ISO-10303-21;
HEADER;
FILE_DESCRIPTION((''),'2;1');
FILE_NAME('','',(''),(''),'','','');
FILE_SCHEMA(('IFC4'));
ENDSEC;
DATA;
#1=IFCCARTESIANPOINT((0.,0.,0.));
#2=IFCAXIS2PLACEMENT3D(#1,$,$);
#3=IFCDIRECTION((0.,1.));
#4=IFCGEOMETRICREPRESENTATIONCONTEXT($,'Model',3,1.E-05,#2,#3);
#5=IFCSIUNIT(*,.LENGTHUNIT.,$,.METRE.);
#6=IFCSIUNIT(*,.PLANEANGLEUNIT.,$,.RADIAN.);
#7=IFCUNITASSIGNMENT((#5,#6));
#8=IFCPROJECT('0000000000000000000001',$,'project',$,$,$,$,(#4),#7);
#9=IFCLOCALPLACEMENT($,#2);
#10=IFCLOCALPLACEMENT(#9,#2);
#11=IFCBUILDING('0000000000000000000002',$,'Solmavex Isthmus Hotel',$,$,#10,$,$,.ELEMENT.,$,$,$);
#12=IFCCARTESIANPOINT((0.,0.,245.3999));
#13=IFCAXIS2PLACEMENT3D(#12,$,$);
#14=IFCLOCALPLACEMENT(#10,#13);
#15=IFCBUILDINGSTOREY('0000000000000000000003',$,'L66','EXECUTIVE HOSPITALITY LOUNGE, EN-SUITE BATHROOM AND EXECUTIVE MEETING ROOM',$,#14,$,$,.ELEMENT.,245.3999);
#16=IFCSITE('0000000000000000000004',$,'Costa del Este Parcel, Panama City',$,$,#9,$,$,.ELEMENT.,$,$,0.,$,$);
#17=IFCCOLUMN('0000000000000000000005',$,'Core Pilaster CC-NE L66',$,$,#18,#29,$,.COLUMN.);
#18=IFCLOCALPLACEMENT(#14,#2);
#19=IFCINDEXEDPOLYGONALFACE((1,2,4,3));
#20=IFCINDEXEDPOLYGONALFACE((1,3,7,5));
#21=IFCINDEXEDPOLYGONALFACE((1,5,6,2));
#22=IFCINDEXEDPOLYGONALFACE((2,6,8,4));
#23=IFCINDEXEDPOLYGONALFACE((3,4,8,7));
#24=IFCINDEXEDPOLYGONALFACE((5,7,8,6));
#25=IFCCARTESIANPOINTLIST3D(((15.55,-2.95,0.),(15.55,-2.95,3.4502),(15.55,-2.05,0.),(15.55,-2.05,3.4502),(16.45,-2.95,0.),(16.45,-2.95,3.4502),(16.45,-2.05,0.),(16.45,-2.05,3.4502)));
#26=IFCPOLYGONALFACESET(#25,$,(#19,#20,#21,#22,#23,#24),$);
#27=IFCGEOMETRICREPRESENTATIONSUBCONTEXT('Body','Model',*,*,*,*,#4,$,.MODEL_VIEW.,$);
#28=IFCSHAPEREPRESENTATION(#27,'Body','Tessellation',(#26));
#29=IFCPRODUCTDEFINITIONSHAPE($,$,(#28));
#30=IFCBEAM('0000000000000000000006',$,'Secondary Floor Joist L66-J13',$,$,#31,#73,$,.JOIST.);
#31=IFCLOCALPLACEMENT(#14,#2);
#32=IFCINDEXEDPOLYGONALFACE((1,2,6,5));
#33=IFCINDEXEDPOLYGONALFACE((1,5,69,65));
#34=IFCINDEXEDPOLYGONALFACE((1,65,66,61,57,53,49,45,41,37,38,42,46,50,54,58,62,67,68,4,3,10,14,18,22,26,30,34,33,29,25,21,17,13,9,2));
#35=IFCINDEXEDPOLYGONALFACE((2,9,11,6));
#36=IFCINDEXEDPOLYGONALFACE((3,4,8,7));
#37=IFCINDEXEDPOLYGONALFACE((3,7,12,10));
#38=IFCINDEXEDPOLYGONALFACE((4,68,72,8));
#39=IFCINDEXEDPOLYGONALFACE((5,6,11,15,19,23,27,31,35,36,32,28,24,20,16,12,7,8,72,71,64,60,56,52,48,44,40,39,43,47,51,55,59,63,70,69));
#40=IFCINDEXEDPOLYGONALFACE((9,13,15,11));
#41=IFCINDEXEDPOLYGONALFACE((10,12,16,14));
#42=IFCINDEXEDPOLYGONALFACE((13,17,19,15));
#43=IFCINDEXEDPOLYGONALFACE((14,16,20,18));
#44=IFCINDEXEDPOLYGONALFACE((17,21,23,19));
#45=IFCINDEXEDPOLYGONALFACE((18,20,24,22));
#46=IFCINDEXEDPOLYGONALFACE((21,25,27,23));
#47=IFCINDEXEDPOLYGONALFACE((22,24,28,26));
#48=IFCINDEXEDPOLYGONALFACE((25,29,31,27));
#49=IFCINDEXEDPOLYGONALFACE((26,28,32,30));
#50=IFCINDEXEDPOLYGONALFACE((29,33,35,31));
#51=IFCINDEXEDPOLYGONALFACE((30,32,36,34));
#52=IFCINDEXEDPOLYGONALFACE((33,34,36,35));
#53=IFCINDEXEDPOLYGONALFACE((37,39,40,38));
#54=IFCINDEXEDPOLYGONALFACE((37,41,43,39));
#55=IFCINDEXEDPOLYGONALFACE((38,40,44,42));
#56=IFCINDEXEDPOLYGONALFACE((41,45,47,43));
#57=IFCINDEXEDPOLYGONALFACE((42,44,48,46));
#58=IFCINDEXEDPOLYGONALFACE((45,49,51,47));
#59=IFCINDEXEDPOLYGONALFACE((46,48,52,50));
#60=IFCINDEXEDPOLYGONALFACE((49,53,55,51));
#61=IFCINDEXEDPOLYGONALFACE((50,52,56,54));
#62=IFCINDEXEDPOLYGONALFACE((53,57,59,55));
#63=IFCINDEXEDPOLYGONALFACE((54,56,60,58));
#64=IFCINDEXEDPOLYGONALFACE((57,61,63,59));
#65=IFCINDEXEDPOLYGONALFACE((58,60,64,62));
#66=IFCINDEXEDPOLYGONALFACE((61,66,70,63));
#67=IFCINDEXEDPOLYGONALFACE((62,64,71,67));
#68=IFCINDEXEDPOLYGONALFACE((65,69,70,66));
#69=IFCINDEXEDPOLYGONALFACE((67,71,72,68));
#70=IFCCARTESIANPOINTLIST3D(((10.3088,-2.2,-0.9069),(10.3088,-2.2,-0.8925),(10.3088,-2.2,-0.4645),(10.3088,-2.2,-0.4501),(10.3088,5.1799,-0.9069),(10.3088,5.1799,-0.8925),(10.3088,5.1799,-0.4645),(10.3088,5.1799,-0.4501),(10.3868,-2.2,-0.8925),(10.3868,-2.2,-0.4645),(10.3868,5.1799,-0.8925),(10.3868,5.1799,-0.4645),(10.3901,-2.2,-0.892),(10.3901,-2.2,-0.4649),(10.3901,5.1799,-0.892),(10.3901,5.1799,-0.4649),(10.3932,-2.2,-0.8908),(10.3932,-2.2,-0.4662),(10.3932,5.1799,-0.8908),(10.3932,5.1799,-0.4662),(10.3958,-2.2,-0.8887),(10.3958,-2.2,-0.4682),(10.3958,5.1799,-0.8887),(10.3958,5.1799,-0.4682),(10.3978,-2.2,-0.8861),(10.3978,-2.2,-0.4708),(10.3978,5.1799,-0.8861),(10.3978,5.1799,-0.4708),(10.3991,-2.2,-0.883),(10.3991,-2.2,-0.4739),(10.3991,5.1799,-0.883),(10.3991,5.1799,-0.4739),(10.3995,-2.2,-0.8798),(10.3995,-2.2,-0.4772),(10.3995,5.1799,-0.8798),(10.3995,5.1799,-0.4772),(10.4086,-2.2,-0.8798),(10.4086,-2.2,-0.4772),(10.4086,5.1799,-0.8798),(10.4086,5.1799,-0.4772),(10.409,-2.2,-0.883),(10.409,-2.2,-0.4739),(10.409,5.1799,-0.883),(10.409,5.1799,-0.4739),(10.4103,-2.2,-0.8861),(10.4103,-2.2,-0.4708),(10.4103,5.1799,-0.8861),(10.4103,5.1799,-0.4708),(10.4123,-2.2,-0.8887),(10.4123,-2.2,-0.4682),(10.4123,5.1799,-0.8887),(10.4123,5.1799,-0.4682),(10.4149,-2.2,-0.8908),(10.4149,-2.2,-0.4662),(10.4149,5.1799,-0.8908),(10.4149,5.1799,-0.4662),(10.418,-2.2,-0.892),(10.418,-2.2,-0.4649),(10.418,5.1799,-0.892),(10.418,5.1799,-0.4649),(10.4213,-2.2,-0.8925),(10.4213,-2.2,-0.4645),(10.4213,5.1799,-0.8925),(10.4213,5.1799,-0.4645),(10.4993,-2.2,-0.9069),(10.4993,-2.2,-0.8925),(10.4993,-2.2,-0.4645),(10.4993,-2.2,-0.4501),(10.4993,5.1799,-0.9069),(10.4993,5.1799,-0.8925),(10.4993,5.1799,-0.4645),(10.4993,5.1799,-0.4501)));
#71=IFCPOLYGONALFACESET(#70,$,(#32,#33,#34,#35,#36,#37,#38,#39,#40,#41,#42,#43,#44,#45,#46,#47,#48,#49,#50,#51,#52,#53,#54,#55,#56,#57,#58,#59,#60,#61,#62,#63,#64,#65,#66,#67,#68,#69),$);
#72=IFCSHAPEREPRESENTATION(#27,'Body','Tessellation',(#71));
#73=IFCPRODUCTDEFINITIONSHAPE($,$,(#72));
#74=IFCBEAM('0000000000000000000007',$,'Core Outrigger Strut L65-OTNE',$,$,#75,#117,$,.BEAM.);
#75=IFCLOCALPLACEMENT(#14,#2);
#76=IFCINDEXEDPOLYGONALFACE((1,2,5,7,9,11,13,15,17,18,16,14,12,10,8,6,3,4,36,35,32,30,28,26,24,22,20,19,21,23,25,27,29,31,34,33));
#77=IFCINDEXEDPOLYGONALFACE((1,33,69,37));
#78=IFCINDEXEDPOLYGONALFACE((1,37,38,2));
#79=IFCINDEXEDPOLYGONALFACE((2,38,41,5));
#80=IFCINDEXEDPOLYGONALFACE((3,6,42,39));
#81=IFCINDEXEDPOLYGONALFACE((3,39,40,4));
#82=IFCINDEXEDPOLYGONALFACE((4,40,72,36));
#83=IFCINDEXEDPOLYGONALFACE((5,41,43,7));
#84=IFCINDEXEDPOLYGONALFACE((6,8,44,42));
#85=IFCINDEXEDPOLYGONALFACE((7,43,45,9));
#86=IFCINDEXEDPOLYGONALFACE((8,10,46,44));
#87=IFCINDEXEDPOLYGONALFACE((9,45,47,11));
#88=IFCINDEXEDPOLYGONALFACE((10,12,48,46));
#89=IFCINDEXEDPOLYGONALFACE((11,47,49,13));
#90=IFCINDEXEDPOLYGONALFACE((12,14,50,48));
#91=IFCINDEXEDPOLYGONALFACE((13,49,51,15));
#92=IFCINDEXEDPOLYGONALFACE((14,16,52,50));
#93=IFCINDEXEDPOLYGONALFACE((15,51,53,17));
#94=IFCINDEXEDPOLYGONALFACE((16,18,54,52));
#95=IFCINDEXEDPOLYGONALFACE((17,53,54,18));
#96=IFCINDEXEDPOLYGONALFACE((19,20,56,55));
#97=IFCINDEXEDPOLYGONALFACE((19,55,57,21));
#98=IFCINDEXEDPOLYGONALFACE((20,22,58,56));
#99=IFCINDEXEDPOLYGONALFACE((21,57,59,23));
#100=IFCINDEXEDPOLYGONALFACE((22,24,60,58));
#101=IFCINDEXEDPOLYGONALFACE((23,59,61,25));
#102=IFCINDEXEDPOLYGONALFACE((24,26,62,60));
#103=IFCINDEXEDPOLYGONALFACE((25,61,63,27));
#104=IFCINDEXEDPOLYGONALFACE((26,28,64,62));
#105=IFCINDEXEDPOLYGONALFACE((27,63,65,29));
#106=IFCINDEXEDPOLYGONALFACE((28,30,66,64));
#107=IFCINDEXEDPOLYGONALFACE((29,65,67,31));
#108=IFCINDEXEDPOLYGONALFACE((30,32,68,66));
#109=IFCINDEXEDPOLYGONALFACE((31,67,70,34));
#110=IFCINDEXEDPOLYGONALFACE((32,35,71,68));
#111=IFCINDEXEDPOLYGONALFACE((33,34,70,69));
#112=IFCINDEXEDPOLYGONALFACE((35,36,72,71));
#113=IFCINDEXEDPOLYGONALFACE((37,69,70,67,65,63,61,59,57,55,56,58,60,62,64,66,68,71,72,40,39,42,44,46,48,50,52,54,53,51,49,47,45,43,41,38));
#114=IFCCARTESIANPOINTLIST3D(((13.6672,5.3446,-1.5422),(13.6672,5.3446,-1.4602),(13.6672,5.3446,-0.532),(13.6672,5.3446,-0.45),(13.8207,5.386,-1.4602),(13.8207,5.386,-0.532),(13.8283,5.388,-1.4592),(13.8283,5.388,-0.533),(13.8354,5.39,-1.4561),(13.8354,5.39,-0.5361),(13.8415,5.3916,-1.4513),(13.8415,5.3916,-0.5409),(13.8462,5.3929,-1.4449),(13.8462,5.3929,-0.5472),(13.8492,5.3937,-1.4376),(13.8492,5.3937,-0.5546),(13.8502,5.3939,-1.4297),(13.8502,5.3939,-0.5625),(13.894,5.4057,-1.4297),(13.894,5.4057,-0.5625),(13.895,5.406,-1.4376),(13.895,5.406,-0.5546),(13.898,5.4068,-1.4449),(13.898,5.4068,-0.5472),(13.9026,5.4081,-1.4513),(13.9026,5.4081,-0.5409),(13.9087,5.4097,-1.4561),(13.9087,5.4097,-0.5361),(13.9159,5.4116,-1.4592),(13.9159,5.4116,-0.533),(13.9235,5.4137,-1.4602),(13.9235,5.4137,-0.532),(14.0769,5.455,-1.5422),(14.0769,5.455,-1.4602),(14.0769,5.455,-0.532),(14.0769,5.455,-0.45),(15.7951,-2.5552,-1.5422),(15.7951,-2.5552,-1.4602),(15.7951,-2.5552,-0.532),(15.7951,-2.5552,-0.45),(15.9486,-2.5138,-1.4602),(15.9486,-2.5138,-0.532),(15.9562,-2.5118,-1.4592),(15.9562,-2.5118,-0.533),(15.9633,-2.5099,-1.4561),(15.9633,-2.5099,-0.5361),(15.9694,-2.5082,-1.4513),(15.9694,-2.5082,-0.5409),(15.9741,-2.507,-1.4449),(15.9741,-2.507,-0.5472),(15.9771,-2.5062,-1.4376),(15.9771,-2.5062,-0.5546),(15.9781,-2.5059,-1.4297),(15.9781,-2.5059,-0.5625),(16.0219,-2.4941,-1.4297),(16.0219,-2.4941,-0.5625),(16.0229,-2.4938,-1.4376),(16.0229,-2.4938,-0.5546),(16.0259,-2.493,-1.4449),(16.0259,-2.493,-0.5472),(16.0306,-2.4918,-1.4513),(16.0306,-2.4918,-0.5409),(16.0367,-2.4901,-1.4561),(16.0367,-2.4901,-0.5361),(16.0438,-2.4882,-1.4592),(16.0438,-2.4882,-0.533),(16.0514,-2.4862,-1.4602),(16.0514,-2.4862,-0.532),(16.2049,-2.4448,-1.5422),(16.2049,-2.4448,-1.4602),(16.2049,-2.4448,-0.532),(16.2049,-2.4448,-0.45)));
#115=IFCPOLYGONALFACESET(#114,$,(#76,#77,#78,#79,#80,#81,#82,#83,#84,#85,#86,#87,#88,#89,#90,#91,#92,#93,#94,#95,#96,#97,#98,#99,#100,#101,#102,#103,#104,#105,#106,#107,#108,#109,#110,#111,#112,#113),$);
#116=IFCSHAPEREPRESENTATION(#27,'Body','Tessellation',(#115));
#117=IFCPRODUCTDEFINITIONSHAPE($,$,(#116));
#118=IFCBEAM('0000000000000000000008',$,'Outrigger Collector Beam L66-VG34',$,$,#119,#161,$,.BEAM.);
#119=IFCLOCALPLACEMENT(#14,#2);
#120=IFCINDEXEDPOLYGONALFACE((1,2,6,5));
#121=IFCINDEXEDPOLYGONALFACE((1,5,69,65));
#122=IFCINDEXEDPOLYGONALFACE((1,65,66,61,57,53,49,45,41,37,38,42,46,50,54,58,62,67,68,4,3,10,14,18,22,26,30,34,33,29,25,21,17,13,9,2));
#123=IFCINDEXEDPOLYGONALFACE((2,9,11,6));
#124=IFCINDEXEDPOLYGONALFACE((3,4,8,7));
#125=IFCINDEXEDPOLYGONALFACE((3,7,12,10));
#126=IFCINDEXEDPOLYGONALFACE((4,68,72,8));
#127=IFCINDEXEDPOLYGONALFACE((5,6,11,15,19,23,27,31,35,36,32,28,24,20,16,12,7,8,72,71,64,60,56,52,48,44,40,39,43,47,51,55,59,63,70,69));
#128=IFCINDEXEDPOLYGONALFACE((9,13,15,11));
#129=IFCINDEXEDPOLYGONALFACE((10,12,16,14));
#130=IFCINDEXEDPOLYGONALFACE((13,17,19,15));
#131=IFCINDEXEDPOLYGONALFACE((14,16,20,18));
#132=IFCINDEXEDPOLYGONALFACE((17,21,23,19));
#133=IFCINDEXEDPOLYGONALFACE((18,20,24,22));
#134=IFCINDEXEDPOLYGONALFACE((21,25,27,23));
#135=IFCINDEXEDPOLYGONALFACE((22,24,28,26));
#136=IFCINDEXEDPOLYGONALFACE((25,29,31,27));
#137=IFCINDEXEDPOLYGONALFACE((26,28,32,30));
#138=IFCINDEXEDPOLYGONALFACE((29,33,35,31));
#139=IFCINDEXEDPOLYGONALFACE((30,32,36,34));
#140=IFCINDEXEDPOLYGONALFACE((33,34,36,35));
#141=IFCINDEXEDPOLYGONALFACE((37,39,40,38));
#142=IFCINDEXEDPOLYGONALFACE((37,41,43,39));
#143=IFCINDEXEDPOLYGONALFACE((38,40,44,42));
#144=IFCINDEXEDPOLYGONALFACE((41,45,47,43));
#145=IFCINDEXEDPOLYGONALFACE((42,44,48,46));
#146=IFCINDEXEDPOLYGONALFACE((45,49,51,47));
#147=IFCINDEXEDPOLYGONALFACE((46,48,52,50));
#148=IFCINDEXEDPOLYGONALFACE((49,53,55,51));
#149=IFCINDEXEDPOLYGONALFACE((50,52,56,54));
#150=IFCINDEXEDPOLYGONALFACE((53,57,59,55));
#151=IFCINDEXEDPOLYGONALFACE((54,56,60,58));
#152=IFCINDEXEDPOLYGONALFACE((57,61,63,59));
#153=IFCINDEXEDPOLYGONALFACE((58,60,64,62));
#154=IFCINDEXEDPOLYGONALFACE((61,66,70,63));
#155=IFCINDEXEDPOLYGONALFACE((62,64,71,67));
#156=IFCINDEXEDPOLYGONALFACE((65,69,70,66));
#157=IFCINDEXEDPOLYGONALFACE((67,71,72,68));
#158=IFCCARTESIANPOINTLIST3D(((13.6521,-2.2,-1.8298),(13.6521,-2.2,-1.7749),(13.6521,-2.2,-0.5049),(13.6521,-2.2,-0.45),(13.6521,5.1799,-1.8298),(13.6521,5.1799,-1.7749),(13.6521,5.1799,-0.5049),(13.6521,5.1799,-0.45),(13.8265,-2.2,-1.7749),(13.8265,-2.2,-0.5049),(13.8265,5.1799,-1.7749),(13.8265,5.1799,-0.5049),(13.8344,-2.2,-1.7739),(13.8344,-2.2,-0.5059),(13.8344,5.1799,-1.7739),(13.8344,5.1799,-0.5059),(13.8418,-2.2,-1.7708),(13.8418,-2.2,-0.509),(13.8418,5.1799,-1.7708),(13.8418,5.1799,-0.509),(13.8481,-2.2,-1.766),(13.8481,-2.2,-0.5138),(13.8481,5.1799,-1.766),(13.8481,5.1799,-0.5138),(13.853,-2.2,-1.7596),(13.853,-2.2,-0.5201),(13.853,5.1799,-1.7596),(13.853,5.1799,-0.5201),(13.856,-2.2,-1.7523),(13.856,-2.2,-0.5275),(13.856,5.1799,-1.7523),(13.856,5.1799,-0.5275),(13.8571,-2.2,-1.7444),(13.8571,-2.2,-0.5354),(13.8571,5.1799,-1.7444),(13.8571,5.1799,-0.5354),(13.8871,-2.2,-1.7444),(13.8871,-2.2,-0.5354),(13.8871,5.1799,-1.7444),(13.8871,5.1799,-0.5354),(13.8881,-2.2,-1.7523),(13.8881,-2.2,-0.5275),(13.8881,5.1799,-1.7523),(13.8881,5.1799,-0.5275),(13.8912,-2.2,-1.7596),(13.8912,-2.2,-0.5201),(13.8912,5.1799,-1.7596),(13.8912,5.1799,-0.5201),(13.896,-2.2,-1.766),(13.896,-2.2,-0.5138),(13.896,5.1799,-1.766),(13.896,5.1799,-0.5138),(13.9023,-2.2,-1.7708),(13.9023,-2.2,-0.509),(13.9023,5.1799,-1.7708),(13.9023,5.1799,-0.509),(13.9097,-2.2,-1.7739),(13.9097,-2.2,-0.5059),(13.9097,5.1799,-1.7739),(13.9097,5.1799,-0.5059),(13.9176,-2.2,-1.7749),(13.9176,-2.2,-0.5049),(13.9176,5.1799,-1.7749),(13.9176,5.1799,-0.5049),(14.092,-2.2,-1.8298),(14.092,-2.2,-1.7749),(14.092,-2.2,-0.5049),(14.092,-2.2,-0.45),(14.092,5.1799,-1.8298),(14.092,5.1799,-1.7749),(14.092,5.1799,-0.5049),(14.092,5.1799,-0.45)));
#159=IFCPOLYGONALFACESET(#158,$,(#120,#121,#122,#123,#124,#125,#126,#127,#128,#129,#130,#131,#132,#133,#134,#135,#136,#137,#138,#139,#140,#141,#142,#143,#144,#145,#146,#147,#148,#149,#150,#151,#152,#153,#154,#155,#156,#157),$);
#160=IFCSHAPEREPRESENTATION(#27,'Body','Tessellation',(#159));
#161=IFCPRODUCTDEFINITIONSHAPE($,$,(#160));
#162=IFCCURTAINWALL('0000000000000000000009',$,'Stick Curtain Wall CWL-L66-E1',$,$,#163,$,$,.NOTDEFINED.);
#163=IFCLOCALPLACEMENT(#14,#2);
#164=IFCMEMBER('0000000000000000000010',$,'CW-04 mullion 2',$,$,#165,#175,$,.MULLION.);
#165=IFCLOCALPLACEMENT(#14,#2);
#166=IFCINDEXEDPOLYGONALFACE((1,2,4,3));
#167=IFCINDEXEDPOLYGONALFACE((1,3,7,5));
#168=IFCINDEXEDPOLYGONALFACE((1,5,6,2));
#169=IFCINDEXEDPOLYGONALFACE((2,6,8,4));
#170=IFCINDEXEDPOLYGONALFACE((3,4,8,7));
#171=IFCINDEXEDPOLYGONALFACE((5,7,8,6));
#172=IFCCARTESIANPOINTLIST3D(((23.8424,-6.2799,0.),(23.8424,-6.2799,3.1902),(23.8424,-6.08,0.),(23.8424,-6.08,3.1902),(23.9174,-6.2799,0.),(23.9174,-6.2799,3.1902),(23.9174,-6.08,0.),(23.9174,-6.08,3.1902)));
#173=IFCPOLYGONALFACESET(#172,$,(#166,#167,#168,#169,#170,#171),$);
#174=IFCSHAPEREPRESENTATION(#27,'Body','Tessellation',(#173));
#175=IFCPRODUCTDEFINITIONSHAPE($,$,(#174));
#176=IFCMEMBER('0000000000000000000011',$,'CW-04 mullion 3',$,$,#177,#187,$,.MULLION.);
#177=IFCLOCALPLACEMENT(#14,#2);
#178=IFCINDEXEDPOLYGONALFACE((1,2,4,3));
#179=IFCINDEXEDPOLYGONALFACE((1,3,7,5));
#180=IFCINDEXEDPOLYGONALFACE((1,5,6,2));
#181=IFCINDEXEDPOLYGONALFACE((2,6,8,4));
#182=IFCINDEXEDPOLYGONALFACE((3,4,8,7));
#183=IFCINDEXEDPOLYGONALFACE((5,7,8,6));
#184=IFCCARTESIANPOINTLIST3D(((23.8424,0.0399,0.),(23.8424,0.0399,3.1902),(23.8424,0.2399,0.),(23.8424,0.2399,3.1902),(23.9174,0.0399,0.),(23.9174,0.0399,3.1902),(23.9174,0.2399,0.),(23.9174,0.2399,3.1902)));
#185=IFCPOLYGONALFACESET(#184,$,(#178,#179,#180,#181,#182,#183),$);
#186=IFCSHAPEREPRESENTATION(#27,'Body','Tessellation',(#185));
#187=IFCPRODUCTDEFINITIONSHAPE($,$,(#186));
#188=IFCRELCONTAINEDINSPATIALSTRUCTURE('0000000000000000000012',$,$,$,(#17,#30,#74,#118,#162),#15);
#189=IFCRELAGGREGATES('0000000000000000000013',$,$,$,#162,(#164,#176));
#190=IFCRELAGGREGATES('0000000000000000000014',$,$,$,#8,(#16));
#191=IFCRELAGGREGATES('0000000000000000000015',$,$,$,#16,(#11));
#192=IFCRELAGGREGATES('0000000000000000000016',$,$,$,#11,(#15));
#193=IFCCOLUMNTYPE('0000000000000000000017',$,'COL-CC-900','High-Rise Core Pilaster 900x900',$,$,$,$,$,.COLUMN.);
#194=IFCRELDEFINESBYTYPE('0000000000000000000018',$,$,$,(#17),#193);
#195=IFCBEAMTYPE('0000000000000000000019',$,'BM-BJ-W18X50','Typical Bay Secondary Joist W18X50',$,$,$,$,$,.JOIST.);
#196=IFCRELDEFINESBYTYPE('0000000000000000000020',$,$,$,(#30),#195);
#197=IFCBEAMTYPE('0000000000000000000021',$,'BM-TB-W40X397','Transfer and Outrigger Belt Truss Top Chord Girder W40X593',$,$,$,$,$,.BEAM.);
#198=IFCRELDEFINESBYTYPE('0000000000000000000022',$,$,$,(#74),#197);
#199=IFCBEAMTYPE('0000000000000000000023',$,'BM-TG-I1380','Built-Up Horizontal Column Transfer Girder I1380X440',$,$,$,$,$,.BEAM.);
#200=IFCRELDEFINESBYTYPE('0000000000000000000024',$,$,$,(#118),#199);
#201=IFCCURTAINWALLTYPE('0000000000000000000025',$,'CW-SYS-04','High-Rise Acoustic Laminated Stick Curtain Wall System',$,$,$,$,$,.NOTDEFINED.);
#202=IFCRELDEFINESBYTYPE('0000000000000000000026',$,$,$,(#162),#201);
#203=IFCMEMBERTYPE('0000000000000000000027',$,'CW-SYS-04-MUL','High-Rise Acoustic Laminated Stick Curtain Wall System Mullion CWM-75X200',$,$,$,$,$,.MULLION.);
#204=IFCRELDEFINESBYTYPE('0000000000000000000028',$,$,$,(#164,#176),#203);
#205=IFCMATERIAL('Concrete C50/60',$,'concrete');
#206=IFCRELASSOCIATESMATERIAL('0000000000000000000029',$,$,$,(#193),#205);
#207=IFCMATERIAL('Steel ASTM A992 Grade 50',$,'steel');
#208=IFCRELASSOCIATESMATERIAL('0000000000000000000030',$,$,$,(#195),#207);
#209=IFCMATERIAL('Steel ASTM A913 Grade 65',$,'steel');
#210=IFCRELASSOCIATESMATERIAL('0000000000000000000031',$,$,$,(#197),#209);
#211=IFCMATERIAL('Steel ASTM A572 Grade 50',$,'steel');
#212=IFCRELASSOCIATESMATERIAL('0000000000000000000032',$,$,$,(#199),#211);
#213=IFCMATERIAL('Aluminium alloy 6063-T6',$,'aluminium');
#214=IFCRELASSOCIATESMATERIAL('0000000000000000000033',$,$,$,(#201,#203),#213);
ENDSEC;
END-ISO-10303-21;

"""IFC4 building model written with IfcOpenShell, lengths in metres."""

from ifc_helpers import new_model, si_unit, direction, frame, origin, origin_2d, place, context, subcontext, project, spatial, rectangle, i_section, extrude, material, material_profile, profile_set, type_object, element, aggregate, save


model = new_model("IFC4")

# Units and contexts
model_context = context("Model", 3, precision=1e-05, world=origin(), true_north=direction((0.0, 1.0)))
body_context = subcontext(model_context, "Body", "Model", "MODEL_VIEW")
ifc_project = project(units=[si_unit("LENGTHUNIT", "METRE"), si_unit("PLANEANGLEUNIT", "RADIAN")], contexts=[model_context])

# Site, building, storey
site_placement = place(None, origin())
site = spatial("IfcSite", under=ifc_project, at=site_placement, Name="Costa del Este Parcel, Panama City", CompositionType="ELEMENT", RefElevation=0.0)
building_placement = place(site_placement, origin())
building = spatial("IfcBuilding", under=site, at=building_placement, Name="Solmavex Isthmus Hotel", CompositionType="ELEMENT")
storey_placement = place(building_placement, frame((0.0, 0.0, 245.3999)))
storey = spatial("IfcBuildingStorey", under=building, at=storey_placement, Name="L66", Description="EXECUTIVE HOSPITALITY LOUNGE, EN-SUITE BATHROOM AND EXECUTIVE MEETING ROOM", CompositionType="ELEMENT", Elevation=245.3999)

# Column
ifc_material_1 = material(Name="Concrete C50/60", Category="concrete")
ifc_material_profile_1 = material_profile(ifc_material_1, rectangle(XDim=0.8999, YDim=0.8999, at=origin_2d()), Name="RC900X900")
ifc_profile_set_1 = profile_set([ifc_material_profile_1], Name="Concrete C50/60")
column_type = type_object("IfcColumnType", Name="COL-CC-900", Description="High-Rise Core Pilaster 900x900", PredefinedType="COLUMN", material=ifc_profile_set_1)
column_placement = place(storey_placement, frame((16.0, -2.5, 0.0), z_axis=(0.0, 0.0, 1.0), x_axis=(1.0, 0.0, 0.0)))
element("IfcColumn", 1, at=column_placement, inside=storey, type_object=column_type, Name="Core Pilaster CC-NE L66", PredefinedType="COLUMN", context=body_context, shape_type="SweptSolid", body=[
    extrude(rectangle(XDim=0.8999, YDim=0.8999, at=origin_2d()), origin(), (0.0, 0.0, 1.0), 3.4502),
])

# Beams
ifc_material_2 = material(Name="Steel ASTM A992 Grade 50", Category="steel")
ifc_material_profile_2 = material_profile(ifc_material_2, i_section(OverallWidth=0.1904, OverallDepth=0.4568, WebThickness=0.009, FlangeThickness=0.0144, FilletRadius=0.0127, at=origin_2d()), Name="W18X50")
ifc_profile_set_2 = profile_set([ifc_material_profile_2], Name="Steel ASTM A992 Grade 50")
beam_type_1 = type_object("IfcBeamType", Name="BM-BJ-W18X50", Description="Typical Bay Secondary Joist W18X50", PredefinedType="JOIST", material=ifc_profile_set_2)
beam_1_placement = place(storey_placement, frame((10.4041, -2.2, -0.6785), z_axis=(0.0, 1.0, 0.0), x_axis=(-1.0, 0.0, 0.0)))
element("IfcBeam", 2, at=beam_1_placement, inside=storey, type_object=beam_type_1, Name="Secondary Floor Joist L66-J13", PredefinedType="JOIST", context=body_context, shape_type="SweptSolid", body=[
    extrude(i_section(OverallWidth=0.1904, OverallDepth=0.4568, WebThickness=0.009, FlangeThickness=0.0144, FilletRadius=0.0127, at=origin_2d()), origin(), (0.0, 0.0, 1.0), 7.3799),
])
ifc_material_3 = material(Name="Steel ASTM A913 Grade 65", Category="steel")
ifc_material_profile_3 = material_profile(ifc_material_3, i_section(OverallWidth=0.4243, OverallDepth=1.0923, WebThickness=0.0454, FlangeThickness=0.082, FilletRadius=0.0305, at=origin_2d()), Name="W40X593")
ifc_profile_set_3 = profile_set([ifc_material_profile_3], Name="Steel ASTM A913 Grade 65")
beam_type_2 = type_object("IfcBeamType", Name="BM-TB-W40X397", Description="Transfer and Outrigger Belt Truss Top Chord Girder W40X593", PredefinedType="BEAM", material=ifc_profile_set_3)
beam_2_placement = place(storey_placement, frame((16.0, -2.5, -0.9961), z_axis=(-0.260091, 0.965584, 0.0), x_axis=(-0.965584, -0.260091, 0.0)))
element("IfcBeam", 3, at=beam_2_placement, inside=storey, type_object=beam_type_2, Name="Core Outrigger Strut L65-OTNE", PredefinedType="BEAM", context=body_context, shape_type="SweptSolid", body=[
    extrude(i_section(OverallWidth=0.4243, OverallDepth=1.0923, WebThickness=0.0454, FlangeThickness=0.082, FilletRadius=0.0305, at=origin_2d()), origin(), (0.0, 0.0, 1.0), 8.1814),
])
ifc_material_4 = material(Name="Steel ASTM A572 Grade 50", Category="steel")
ifc_material_profile_4 = material_profile(ifc_material_4, i_section(OverallWidth=0.4399, OverallDepth=1.3799, WebThickness=0.03, FlangeThickness=0.0549, FilletRadius=0.0305, at=origin_2d()), Name="I1380X440")
ifc_profile_set_4 = profile_set([ifc_material_profile_4], Name="Steel ASTM A572 Grade 50")
beam_type_3 = type_object("IfcBeamType", Name="BM-TG-I1380", Description="Built-Up Horizontal Column Transfer Girder I1380X440", PredefinedType="BEAM", material=ifc_profile_set_4)
beam_3_placement = place(storey_placement, frame((13.8721, -2.2, -1.1399), z_axis=(0.0, 1.0, 0.0), x_axis=(-1.0, 0.0, 0.0)))
element("IfcBeam", 4, at=beam_3_placement, inside=storey, type_object=beam_type_3, Name="Outrigger Collector Beam L66-VG34", PredefinedType="BEAM", context=body_context, shape_type="SweptSolid", body=[
    extrude(i_section(OverallWidth=0.4399, OverallDepth=1.3799, WebThickness=0.03, FlangeThickness=0.0549, FilletRadius=0.0305, at=origin_2d()), origin(), (0.0, 0.0, 1.0), 7.3799),
])

# Curtain wall, members
ifc_material_5 = material(Name="Aluminium alloy 6063-T6", Category="aluminium")
curtain_wall_type = type_object("IfcCurtainWallType", Name="CW-SYS-04", Description="High-Rise Acoustic Laminated Stick Curtain Wall System", PredefinedType="NOTDEFINED", material=ifc_material_5)
curtain_wall_placement = place(storey_placement, origin())
curtain_wall = element("IfcCurtainWall", 5, at=curtain_wall_placement, inside=storey, type_object=curtain_wall_type, Name="Stick Curtain Wall CWL-L66-E1", PredefinedType="NOTDEFINED")
ifc_material_profile_5 = material_profile(ifc_material_5, rectangle(XDim=0.075, YDim=0.2, at=origin_2d()), Name="CWM-75X200")
ifc_profile_set_5 = profile_set([ifc_material_profile_5], Name="Aluminium alloy 6063-T6")
member_type_1 = type_object("IfcMemberType", Name="CW-SYS-04-MUL", Description="High-Rise Acoustic Laminated Stick Curtain Wall System Mullion CWM-75X200", PredefinedType="MULLION", material=ifc_profile_set_5)
member_1_placement = place(storey_placement, frame((23.8799, -6.1799, 0.0), z_axis=(0.0, 0.0, 1.0), x_axis=(-1.0, 0.0, 0.0)))
member_1 = element("IfcMember", 6, at=member_1_placement, type_object=member_type_1, Name="CW-04 mullion 2", PredefinedType="MULLION", context=body_context, shape_type="SweptSolid", body=[
    extrude(rectangle(XDim=0.075, YDim=0.2, at=origin_2d()), origin(), (0.0, 0.0, 1.0), 3.1902),
])
member_2_placement = place(storey_placement, frame((23.8799, 0.1399, 0.0), z_axis=(0.0, 0.0, 1.0), x_axis=(-1.0, 0.0, 0.0)))
member_2 = element("IfcMember", 7, at=member_2_placement, type_object=member_type_1, Name="CW-04 mullion 3", PredefinedType="MULLION", context=body_context, shape_type="SweptSolid", body=[
    extrude(rectangle(XDim=0.075, YDim=0.2, at=origin_2d()), origin(), (0.0, 0.0, 1.0), 3.1902),
])
aggregate(curtain_wall, [member_1, member_2])

save(model, "model.ifc")
